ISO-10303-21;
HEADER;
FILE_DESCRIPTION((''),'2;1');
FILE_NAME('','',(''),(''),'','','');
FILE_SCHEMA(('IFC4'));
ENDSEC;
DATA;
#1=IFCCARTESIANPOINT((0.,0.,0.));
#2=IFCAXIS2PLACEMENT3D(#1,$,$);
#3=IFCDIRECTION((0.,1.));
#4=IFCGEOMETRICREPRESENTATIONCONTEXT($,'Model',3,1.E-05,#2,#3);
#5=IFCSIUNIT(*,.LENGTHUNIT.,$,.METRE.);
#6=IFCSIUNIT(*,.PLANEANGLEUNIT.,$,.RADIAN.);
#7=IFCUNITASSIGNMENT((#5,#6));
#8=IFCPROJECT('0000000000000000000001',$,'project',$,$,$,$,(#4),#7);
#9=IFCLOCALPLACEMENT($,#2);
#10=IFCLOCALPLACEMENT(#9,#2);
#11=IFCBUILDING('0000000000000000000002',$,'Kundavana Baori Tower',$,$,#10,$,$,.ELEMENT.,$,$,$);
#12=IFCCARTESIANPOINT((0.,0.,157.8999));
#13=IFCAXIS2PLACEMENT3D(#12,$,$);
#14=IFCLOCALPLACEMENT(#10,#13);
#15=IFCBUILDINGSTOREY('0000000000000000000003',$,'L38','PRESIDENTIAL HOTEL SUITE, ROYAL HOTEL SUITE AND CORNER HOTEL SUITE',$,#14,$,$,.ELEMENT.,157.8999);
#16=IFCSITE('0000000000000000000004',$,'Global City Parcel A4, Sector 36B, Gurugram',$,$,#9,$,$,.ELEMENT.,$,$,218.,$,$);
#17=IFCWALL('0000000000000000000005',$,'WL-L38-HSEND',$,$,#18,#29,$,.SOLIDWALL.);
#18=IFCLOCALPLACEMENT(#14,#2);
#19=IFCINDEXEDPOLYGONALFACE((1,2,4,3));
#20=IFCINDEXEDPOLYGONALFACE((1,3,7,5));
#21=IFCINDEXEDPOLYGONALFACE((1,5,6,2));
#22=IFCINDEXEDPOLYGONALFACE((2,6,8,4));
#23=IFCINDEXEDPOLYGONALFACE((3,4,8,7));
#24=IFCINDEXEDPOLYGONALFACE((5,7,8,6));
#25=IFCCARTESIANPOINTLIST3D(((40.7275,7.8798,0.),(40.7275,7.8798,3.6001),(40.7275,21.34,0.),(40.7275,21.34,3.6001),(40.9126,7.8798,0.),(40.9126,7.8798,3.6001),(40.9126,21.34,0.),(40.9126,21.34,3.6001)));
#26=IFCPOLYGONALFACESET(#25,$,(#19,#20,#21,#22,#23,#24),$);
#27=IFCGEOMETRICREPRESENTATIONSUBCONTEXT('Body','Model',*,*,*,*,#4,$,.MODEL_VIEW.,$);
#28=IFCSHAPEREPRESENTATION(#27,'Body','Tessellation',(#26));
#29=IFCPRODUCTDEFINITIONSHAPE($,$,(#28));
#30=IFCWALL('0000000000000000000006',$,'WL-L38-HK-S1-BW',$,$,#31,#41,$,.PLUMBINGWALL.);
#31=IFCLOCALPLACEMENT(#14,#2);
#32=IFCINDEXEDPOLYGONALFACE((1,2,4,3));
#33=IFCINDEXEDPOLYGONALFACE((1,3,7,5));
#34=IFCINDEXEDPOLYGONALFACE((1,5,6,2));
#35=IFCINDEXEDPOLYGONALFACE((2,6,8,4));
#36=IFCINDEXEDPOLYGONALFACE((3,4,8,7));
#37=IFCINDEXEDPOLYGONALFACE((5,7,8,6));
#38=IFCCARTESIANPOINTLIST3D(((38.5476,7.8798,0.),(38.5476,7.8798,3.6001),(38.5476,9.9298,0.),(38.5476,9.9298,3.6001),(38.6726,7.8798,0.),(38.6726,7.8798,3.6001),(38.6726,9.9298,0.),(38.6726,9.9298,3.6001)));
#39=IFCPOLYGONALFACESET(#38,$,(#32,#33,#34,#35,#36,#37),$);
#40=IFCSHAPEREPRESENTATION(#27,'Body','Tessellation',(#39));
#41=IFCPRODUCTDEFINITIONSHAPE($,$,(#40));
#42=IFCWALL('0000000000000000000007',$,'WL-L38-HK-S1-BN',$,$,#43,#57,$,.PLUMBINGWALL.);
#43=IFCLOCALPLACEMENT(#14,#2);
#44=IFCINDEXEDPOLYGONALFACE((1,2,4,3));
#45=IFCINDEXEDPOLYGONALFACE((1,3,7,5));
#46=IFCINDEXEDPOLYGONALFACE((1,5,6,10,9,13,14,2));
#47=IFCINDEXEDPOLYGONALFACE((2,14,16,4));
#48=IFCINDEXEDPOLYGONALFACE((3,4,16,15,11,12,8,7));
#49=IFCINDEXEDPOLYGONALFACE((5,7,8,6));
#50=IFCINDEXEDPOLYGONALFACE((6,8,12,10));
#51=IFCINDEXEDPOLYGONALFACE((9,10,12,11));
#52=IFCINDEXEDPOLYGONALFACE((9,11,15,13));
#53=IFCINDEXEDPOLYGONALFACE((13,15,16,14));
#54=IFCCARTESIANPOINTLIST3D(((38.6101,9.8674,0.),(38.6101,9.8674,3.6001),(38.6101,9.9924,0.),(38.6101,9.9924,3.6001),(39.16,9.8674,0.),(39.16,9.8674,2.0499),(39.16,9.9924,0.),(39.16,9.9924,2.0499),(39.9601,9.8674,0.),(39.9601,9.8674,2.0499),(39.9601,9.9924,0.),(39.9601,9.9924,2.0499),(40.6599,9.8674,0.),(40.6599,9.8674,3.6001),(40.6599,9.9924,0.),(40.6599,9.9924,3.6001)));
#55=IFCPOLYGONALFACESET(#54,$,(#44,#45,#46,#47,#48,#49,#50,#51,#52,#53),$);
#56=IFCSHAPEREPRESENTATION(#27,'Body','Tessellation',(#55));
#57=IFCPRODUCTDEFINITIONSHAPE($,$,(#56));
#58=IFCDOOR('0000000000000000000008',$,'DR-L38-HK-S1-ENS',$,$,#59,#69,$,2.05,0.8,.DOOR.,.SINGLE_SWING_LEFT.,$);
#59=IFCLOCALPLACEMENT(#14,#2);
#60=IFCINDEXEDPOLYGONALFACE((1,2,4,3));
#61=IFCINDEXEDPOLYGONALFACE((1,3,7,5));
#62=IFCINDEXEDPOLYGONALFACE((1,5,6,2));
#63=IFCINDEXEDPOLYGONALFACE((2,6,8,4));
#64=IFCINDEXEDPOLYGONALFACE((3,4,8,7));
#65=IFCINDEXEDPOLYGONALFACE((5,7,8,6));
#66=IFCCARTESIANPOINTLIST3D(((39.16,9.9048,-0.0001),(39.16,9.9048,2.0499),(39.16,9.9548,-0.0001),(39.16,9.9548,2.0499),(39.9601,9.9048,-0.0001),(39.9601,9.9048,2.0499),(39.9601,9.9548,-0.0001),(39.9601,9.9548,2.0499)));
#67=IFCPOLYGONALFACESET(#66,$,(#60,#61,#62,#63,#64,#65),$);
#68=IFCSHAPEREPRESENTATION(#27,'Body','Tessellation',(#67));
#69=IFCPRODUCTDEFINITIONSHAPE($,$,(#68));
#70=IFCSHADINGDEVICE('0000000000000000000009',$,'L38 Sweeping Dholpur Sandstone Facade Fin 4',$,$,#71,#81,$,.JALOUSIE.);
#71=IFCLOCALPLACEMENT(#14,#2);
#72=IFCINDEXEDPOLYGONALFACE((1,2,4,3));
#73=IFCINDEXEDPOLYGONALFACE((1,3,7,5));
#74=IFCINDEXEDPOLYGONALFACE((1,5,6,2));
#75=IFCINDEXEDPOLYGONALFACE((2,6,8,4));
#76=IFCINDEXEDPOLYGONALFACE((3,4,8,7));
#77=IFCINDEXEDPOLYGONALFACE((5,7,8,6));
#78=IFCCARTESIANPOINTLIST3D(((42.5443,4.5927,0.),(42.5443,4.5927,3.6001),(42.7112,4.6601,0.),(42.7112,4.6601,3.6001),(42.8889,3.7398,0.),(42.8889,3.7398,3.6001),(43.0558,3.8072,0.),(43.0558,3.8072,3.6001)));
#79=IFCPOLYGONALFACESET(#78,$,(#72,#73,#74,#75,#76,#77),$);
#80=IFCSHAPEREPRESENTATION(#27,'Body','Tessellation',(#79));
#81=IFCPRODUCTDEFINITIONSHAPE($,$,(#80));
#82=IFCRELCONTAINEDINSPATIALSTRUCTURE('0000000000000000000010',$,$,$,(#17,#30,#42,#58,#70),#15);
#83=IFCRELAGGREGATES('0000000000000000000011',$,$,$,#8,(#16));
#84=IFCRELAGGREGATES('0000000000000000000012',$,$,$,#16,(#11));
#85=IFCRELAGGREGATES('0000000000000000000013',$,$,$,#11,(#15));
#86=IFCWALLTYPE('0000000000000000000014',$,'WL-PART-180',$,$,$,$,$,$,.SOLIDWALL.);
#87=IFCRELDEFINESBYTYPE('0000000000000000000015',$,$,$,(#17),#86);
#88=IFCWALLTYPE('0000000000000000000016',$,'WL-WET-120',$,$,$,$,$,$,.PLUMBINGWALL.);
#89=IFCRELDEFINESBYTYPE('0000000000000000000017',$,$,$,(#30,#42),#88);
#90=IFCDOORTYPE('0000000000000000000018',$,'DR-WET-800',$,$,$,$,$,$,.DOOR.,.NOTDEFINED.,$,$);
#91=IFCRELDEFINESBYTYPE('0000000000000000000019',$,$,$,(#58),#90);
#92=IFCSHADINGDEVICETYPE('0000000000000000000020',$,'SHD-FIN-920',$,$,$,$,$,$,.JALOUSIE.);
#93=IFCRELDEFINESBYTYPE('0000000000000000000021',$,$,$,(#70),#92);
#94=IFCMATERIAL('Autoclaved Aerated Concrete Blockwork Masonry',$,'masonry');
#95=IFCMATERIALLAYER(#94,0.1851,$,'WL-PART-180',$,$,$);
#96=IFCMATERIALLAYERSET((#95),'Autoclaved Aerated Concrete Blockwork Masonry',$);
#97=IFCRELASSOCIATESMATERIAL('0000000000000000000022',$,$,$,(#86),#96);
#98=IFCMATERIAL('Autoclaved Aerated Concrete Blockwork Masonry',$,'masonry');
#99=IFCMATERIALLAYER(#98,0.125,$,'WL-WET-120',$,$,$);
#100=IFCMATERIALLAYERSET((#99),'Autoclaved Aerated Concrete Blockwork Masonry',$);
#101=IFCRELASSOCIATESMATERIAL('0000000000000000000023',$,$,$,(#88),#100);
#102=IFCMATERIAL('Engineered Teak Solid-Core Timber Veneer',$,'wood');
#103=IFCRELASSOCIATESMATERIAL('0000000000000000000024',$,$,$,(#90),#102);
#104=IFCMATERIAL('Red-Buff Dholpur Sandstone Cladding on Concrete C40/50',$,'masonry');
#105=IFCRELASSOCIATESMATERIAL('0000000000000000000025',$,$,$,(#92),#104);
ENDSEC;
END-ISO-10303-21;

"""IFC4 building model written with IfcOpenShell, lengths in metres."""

from ifc_helpers import new_model, si_unit, direction, frame, frame_2d, origin, origin_2d, place, context, subcontext, project, spatial, rectangle, extrude, material, layer, layer_set, type_object, element, fill, save


model = new_model("IFC4")

# Units and contexts
model_context = context("Model", 3, precision=1e-05, world=origin(), true_north=direction((0.0, 1.0)))
body_context = subcontext(model_context, "Body", "Model", "MODEL_VIEW")
ifc_project = project(units=[si_unit("LENGTHUNIT", "METRE"), si_unit("PLANEANGLEUNIT", "RADIAN")], contexts=[model_context])

# Site, building, storey
site_placement = place(None, origin())
site = spatial("IfcSite", under=ifc_project, at=site_placement, Name="Global City Parcel A4, Sector 36B, Gurugram", CompositionType="ELEMENT", RefElevation=218.0)
building_placement = place(site_placement, origin())
building = spatial("IfcBuilding", under=site, at=building_placement, Name="Kundavana Baori Tower", CompositionType="ELEMENT")
storey_placement = place(building_placement, frame((0.0, 0.0, 157.8999)))
storey = spatial("IfcBuildingStorey", under=building, at=storey_placement, Name="L38", Description="PRESIDENTIAL HOTEL SUITE, ROYAL HOTEL SUITE AND CORNER HOTEL SUITE", CompositionType="ELEMENT", Elevation=157.8999)

# Walls
ifc_material_1 = material(Name="Autoclaved Aerated Concrete Blockwork Masonry", Category="masonry")
ifc_layer_1 = layer(ifc_material_1, 0.1851, Name="WL-PART-180")
ifc_layer_set_1 = layer_set([ifc_layer_1], Name="Autoclaved Aerated Concrete Blockwork Masonry")
wall_type_1 = type_object("IfcWallType", Name="WL-PART-180", PredefinedType="SOLIDWALL", material=ifc_layer_set_1)
wall_1_placement = place(storey_placement, frame((40.8201, 7.8799, 0.0), z_axis=(0.0, 0.0, 1.0), x_axis=(0.0, 1.0, 0.0)))
element("IfcWall", 1, at=wall_1_placement, inside=storey, type_object=wall_type_1, Name="WL-L38-HSEND", PredefinedType="SOLIDWALL", context=body_context, shape_type="SweptSolid", body=[
    extrude(rectangle(XDim=13.4602, YDim=0.1851, at=frame_2d((6.73, 0.0))), origin(), (0.0, 0.0, 1.0), 3.6001),
])
ifc_material_2 = material(Name="Autoclaved Aerated Concrete Blockwork Masonry", Category="masonry")
ifc_layer_2 = layer(ifc_material_2, 0.125, Name="WL-WET-120")
ifc_layer_set_2 = layer_set([ifc_layer_2], Name="Autoclaved Aerated Concrete Blockwork Masonry")
wall_type_2 = type_object("IfcWallType", Name="WL-WET-120", PredefinedType="PLUMBINGWALL", material=ifc_layer_set_2)
wall_2_placement = place(storey_placement, frame((38.6101, 7.8799, 0.0), z_axis=(0.0, 0.0, 1.0), x_axis=(0.0, 1.0, 0.0)))
element("IfcWall", 2, at=wall_2_placement, inside=storey, type_object=wall_type_2, Name="WL-L38-HK-S1-BW", PredefinedType="PLUMBINGWALL", context=body_context, shape_type="SweptSolid", body=[
    extrude(rectangle(XDim=2.05, YDim=0.125, at=frame_2d((1.0249, 0.0))), origin(), (0.0, 0.0, 1.0), 3.6001),
])

# Wall, opening, door
wall_3_placement = place(storey_placement, frame((38.6101, 9.9299, 0.0), z_axis=(0.0, 0.0, 1.0), x_axis=(1.0, 0.0, 0.0)))
wall_3 = element("IfcWall", 3, at=wall_3_placement, inside=storey, type_object=wall_type_2, Name="WL-L38-HK-S1-BN", PredefinedType="PLUMBINGWALL", context=body_context, shape_type="SweptSolid", body=[
    extrude(rectangle(XDim=2.0498, YDim=0.125, at=frame_2d((1.0249, 0.0))), origin(), (0.0, 0.0, 1.0), 3.6001),
])
opening_1_placement = place(wall_3_placement, frame((0.55, 0.0, 0.0)))
opening_1 = element("IfcOpeningElement", 4, at=opening_1_placement, cuts=wall_3, PredefinedType="OPENING", context=body_context, shape_type="SweptSolid", body=[
    extrude(rectangle(XDim=0.8, YDim=2.05, at=frame_2d((0.3999, 1.0249))), frame((0.0, 0.0725, 0.0), z_axis=(0.0, -1.0, 0.0), x_axis=(1.0, 0.0, 0.0)), (0.0, 0.0, 1.0), 0.145),
])
ifc_material_3 = material(Name="Engineered Teak Solid-Core Timber Veneer", Category="wood")
door_type_1 = type_object("IfcDoorType", Name="DR-WET-800", OperationType="NOTDEFINED", PredefinedType="DOOR", material=ifc_material_3)
door_1_placement = place(opening_1_placement, origin())
door_1 = element("IfcDoor", 5, at=door_1_placement, inside=storey, type_object=door_type_1, Name="DR-L38-HK-S1-ENS", OperationType="SINGLE_SWING_LEFT", OverallHeight=2.05, OverallWidth=0.8, PredefinedType="DOOR", context=body_context, shape_type="SweptSolid", body=[
    extrude(rectangle(XDim=0.8, YDim=2.05, at=frame_2d((0.3999, 1.0249))), frame((0.0, 0.0249, 0.0), z_axis=(0.0, -1.0, 0.0), x_axis=(1.0, 0.0, 0.0)), (0.0, 0.0, 1.0), 0.05),
])
fill(opening_1, door_1)

# Shading device
ifc_material_4 = material(Name="Red-Buff Dholpur Sandstone Cladding on Concrete C40/50", Category="masonry")
shading_device_type = type_object("IfcShadingDeviceType", Name="SHD-FIN-920", PredefinedType="JALOUSIE", material=ifc_material_4)
shading_device_placement = place(storey_placement, frame((42.8, 4.2, 0.0), z_axis=(0.0, 0.0, 1.0), x_axis=(0.927184, 0.374607, 0.0)))
element("IfcShadingDevice", 6, at=shading_device_placement, inside=storey, type_object=shading_device_type, Name="L38 Sweeping Dholpur Sandstone Facade Fin 4", PredefinedType="JALOUSIE", context=body_context, shape_type="SweptSolid", body=[
    extrude(rectangle(XDim=0.1799, YDim=0.9199, at=origin_2d()), origin(), (0.0, 0.0, 1.0), 3.6001),
])

save(model, "model.ifc")
